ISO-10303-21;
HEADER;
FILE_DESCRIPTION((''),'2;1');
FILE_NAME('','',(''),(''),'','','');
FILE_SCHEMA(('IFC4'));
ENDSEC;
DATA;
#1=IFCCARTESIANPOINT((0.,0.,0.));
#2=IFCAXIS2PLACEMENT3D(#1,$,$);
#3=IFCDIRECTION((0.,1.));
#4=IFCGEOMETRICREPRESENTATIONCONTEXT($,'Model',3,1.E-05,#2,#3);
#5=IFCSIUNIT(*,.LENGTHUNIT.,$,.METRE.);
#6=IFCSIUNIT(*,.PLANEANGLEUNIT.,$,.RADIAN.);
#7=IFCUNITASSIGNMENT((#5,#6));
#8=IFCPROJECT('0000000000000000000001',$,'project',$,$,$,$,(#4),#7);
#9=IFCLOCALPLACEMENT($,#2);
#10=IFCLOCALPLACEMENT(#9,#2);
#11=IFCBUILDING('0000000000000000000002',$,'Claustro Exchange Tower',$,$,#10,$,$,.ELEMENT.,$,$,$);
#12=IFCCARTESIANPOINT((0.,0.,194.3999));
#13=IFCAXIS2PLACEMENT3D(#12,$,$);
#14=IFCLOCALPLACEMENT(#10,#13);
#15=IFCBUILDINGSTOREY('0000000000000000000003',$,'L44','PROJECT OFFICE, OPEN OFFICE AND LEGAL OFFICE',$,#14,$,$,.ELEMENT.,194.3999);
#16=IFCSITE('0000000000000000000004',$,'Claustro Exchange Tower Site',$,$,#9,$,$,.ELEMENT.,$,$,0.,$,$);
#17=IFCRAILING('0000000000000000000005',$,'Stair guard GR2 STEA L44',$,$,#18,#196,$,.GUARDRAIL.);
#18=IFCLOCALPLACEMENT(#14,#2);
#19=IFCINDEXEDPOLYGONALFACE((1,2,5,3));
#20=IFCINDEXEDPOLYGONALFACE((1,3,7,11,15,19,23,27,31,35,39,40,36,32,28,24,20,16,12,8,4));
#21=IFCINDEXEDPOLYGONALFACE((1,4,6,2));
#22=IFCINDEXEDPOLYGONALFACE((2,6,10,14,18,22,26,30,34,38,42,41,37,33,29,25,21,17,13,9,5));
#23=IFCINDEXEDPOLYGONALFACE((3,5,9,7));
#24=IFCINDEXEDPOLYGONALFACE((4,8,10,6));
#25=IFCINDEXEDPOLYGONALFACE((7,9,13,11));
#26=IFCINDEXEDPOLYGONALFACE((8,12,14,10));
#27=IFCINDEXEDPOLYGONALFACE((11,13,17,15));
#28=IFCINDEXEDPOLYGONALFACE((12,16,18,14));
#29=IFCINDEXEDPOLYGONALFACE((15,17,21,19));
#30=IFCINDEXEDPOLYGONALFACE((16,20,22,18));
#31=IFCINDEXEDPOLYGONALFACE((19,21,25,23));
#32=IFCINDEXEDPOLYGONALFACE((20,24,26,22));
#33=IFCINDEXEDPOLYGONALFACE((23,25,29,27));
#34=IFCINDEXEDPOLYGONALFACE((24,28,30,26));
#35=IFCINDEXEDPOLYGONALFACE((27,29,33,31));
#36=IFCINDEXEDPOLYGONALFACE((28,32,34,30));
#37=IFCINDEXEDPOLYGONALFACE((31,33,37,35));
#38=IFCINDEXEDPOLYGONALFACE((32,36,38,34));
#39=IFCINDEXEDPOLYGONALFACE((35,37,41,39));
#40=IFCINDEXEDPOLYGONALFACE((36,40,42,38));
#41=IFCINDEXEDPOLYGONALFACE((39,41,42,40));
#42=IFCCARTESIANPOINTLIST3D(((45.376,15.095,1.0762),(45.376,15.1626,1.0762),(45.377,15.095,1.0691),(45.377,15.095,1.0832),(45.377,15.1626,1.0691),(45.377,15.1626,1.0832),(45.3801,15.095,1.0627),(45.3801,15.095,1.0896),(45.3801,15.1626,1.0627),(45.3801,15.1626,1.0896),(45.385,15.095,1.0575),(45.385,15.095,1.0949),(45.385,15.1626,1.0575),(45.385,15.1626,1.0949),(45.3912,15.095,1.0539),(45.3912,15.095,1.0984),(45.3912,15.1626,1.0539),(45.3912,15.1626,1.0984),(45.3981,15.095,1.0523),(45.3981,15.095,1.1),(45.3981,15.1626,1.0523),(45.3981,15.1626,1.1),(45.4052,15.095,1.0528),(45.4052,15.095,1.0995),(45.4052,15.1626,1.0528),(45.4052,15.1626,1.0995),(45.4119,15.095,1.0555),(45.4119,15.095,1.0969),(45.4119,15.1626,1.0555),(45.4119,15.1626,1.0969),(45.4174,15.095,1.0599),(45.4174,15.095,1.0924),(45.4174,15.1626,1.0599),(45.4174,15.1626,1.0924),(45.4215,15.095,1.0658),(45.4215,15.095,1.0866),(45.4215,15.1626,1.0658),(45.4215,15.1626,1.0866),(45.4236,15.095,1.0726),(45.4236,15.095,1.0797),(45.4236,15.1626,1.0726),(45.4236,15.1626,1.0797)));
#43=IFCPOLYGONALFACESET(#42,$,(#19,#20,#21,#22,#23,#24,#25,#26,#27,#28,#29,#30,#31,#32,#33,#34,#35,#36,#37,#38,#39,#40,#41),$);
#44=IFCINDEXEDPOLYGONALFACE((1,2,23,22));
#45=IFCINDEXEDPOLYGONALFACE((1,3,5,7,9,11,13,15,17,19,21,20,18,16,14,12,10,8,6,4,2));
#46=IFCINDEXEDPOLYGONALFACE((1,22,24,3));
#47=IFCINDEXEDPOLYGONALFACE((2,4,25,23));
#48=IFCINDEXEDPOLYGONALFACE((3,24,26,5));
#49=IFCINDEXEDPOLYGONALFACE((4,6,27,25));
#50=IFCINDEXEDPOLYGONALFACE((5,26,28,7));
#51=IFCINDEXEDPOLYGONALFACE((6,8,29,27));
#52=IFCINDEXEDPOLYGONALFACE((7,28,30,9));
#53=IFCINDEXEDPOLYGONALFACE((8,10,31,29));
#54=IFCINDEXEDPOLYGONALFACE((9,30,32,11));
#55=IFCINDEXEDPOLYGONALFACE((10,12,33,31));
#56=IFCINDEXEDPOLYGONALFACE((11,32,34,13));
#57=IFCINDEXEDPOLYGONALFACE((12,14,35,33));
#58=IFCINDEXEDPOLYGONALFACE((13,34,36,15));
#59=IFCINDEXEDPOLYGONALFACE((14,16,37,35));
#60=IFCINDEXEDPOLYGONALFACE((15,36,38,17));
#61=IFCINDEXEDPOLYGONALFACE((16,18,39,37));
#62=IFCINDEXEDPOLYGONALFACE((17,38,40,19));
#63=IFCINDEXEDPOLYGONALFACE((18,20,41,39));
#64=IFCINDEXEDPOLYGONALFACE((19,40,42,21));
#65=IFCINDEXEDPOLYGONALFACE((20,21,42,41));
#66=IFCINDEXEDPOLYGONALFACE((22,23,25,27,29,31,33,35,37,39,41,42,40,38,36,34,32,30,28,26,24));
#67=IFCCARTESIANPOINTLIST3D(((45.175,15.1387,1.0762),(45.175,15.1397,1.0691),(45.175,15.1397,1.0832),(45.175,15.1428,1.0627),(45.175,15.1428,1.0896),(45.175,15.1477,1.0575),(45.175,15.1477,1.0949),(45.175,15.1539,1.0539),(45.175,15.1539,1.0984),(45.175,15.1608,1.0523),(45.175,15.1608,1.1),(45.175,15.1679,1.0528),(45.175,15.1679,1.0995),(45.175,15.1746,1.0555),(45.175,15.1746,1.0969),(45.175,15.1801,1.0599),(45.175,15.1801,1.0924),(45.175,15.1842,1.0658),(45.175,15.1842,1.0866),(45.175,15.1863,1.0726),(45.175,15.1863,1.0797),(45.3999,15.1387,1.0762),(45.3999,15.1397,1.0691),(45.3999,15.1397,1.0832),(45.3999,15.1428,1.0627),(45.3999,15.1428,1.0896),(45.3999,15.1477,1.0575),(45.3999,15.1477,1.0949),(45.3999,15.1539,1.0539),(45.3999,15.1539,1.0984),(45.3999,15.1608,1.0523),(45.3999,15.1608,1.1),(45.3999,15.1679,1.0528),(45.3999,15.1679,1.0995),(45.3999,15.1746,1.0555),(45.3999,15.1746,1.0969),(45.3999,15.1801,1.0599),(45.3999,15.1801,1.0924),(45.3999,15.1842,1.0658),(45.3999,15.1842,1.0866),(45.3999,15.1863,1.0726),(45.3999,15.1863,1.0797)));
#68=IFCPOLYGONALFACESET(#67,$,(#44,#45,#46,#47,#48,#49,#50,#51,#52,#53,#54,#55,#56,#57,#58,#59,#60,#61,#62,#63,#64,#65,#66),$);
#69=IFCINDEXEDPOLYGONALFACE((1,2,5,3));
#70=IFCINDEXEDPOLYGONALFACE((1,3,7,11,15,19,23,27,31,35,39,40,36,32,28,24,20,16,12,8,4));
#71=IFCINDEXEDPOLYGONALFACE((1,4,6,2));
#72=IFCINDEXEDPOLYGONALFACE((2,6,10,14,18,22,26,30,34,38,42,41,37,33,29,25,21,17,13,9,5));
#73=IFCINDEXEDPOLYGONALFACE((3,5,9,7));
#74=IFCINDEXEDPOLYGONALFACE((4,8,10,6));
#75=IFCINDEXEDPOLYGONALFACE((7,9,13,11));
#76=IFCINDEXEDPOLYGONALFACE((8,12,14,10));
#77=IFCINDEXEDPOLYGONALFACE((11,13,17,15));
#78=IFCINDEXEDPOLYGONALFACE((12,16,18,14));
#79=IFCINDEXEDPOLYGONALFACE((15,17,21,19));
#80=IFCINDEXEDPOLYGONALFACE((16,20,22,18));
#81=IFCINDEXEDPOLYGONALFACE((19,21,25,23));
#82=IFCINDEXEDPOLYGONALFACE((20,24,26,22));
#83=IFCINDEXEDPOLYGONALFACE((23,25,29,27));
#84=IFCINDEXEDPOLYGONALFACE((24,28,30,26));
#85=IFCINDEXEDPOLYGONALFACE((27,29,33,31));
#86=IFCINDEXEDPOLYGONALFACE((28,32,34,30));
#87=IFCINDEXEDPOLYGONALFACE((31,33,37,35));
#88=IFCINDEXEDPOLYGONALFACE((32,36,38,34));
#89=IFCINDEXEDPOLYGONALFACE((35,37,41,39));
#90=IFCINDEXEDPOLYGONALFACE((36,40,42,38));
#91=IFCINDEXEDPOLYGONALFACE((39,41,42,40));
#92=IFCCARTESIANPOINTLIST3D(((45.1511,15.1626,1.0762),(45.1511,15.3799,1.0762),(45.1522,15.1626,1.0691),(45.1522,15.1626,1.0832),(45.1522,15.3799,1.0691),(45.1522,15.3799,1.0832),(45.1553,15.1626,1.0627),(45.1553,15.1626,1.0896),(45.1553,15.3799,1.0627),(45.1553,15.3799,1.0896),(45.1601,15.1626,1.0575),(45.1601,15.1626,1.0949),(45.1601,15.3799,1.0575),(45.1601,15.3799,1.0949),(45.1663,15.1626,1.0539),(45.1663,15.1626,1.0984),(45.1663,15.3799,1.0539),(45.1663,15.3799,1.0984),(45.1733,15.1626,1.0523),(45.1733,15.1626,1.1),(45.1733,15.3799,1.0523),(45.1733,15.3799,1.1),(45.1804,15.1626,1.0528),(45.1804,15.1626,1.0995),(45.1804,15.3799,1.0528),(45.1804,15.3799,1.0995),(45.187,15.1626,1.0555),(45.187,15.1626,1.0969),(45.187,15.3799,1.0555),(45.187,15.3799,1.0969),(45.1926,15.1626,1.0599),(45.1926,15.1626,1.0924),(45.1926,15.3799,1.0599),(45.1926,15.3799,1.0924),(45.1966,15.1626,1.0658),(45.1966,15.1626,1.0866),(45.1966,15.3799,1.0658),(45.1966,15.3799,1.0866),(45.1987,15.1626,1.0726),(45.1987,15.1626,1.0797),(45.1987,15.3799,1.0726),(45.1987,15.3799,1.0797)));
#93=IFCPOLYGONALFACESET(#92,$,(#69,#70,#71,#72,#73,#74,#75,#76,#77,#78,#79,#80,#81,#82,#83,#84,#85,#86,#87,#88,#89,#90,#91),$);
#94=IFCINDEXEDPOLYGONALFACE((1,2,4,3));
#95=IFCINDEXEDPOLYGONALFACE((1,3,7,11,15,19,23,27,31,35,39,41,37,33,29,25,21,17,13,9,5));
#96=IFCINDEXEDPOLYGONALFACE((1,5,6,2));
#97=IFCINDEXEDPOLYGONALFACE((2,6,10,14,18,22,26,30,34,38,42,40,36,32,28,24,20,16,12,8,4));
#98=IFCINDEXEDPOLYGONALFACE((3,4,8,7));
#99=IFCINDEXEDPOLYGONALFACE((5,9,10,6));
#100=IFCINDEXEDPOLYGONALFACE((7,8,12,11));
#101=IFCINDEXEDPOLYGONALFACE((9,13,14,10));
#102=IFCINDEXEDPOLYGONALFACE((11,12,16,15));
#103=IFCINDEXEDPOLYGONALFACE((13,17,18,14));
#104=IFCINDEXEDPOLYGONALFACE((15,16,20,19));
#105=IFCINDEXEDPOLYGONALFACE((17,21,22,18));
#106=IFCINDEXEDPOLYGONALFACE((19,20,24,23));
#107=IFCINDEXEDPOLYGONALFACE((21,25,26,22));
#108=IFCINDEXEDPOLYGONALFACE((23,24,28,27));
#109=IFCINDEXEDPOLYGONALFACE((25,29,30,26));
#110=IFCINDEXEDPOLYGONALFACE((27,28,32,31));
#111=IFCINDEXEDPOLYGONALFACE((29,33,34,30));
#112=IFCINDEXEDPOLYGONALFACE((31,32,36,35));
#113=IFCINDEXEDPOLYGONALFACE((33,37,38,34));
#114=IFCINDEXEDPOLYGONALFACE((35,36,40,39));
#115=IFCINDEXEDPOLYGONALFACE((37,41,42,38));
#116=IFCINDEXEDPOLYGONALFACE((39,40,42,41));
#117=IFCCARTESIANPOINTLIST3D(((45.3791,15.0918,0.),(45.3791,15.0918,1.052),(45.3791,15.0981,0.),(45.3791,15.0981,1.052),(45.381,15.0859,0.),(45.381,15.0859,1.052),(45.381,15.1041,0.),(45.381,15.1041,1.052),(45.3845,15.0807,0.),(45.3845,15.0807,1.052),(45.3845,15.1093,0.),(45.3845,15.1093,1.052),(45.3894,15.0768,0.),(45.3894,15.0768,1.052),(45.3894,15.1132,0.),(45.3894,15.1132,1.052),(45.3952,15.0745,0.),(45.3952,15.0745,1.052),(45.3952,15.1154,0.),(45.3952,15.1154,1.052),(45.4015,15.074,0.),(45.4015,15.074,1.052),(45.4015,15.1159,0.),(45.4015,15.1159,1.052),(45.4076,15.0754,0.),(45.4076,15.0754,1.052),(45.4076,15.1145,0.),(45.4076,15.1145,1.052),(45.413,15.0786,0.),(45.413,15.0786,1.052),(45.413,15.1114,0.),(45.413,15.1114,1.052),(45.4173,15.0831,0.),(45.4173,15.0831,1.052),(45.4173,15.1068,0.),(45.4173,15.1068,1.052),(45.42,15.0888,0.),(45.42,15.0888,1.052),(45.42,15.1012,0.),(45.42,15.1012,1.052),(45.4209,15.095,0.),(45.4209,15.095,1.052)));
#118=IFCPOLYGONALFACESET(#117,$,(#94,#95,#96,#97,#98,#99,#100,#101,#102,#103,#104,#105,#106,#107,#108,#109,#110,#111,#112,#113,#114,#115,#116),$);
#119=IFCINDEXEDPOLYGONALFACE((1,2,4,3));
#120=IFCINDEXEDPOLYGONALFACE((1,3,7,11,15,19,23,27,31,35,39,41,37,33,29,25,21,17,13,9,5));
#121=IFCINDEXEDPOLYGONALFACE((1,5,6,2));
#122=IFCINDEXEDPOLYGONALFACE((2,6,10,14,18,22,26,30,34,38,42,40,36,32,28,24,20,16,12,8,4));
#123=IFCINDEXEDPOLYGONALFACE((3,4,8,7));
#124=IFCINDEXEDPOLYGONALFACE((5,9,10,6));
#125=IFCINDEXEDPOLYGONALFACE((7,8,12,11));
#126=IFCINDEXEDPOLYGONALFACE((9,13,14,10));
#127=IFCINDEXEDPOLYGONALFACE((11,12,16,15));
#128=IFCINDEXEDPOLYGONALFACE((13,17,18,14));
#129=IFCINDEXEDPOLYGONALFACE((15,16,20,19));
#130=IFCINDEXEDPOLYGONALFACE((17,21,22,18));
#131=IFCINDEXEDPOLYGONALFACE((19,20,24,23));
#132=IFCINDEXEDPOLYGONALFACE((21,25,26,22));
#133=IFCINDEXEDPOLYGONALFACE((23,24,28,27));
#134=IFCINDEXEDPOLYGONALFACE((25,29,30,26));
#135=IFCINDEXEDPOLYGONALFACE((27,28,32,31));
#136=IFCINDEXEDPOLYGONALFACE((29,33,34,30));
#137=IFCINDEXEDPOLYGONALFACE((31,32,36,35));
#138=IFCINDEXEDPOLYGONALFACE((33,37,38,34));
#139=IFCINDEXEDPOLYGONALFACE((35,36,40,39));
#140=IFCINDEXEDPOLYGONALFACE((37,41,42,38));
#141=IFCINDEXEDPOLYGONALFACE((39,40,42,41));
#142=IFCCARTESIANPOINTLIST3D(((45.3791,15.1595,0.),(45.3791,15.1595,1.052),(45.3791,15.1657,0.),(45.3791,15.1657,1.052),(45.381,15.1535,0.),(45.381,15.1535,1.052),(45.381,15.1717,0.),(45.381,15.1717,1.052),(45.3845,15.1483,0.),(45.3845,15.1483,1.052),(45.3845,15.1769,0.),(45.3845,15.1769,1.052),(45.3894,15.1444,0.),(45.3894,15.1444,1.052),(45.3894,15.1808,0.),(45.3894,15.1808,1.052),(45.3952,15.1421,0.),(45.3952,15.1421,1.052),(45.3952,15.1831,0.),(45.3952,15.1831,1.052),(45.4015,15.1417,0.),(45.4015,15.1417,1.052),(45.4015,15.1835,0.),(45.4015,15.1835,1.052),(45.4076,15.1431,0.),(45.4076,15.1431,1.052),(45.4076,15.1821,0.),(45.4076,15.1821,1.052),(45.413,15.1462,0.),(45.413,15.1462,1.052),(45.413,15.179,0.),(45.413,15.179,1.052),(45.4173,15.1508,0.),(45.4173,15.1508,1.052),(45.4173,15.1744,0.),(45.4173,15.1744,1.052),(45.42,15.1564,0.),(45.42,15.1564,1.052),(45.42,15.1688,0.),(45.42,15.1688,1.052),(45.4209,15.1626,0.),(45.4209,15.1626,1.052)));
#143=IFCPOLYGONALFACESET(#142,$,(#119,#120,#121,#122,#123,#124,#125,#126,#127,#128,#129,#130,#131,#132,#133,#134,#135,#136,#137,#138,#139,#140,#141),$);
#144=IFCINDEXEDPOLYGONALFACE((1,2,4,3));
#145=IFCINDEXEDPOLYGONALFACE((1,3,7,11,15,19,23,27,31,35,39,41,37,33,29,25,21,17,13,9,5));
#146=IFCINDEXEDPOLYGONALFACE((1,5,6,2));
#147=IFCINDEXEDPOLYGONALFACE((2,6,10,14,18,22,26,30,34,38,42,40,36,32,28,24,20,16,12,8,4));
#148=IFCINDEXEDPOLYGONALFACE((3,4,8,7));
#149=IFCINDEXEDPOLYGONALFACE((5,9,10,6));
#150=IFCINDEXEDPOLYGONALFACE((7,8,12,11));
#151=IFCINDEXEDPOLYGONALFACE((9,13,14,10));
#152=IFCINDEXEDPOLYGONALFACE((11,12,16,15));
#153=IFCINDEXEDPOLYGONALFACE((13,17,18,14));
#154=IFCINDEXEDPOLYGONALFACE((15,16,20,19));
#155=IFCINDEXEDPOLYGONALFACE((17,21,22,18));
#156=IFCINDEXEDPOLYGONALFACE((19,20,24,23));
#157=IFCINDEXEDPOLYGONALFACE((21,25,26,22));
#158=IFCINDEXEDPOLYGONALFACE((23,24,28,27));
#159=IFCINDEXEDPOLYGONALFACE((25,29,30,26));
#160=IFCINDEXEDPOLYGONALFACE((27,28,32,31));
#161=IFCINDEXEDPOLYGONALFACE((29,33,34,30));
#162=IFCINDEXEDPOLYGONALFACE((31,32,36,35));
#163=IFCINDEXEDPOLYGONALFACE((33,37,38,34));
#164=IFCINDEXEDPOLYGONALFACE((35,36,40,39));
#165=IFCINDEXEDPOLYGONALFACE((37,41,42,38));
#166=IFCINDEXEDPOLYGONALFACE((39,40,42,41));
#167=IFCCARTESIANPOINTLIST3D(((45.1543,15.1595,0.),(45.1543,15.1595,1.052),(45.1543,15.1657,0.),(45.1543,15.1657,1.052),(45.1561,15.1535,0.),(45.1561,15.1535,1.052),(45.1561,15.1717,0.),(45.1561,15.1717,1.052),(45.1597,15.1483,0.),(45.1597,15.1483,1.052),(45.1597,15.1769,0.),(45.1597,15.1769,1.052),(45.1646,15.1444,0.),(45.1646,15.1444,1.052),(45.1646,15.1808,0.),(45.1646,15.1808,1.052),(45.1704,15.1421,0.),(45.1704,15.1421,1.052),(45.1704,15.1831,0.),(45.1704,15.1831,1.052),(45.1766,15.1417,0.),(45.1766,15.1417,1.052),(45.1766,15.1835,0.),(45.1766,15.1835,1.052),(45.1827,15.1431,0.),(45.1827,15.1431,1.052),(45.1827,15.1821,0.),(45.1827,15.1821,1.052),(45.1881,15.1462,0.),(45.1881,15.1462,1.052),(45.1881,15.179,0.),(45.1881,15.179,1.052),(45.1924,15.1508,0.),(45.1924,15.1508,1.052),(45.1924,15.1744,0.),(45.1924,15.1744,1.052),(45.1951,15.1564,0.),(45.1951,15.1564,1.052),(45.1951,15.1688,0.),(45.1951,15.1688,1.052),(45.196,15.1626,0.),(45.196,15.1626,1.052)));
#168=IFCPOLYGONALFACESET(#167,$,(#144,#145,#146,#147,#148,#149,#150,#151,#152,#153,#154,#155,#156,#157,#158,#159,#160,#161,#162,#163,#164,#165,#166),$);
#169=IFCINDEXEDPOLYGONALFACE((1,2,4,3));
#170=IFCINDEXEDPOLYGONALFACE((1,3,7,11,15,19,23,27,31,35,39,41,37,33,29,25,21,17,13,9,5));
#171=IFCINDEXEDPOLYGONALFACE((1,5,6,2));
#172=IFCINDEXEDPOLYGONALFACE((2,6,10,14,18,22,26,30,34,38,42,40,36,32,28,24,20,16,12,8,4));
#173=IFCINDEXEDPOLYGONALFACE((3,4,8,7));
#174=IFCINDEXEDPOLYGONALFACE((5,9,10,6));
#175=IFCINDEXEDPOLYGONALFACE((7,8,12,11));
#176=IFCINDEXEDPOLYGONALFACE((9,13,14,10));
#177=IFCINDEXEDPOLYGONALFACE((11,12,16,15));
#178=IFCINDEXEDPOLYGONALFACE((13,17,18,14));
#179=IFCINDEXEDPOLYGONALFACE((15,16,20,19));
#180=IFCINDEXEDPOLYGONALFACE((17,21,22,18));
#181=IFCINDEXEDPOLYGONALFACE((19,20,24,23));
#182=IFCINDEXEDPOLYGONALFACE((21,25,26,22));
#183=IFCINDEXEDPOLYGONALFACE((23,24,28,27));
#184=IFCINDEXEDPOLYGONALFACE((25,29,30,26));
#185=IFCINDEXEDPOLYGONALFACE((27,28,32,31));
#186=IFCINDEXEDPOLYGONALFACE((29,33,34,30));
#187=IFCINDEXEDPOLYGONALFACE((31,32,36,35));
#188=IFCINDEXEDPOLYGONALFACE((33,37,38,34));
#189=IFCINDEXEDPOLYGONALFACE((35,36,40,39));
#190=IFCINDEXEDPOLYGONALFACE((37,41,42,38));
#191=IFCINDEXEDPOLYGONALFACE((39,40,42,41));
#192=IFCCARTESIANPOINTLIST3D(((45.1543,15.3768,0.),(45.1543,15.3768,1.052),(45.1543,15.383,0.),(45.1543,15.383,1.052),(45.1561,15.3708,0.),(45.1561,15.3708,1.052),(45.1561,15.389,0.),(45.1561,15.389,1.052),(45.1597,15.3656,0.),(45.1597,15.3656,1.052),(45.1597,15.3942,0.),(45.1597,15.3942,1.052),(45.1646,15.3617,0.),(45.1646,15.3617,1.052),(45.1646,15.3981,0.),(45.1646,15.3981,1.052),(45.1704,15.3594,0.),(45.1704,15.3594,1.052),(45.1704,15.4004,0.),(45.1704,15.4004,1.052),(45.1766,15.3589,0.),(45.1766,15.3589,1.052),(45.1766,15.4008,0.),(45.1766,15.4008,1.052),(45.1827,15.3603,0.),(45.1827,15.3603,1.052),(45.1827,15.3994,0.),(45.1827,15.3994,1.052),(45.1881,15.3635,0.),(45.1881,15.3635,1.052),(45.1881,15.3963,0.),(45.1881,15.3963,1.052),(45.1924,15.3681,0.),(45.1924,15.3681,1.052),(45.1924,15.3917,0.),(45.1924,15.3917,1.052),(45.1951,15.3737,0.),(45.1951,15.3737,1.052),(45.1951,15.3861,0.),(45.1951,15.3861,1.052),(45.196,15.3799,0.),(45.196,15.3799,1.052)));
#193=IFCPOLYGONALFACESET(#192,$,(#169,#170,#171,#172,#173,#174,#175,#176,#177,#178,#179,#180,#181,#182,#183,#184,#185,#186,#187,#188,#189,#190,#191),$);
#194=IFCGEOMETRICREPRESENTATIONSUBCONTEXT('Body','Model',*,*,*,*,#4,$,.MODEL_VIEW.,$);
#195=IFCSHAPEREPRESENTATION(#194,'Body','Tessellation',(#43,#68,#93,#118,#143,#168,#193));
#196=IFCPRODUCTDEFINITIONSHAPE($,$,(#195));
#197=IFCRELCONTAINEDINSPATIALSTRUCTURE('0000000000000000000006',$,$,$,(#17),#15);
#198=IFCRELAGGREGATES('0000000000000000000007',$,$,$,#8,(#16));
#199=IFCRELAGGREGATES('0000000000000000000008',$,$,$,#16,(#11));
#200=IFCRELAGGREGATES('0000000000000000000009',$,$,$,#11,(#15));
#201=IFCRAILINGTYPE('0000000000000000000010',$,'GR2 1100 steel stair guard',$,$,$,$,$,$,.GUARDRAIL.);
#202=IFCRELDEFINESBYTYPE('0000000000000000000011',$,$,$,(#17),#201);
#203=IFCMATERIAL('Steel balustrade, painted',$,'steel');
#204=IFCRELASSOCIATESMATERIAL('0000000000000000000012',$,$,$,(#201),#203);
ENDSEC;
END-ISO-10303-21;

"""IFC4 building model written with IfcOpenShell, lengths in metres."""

from ifc_helpers import new_model, si_unit, direction, frame, origin, origin_2d, place, context, subcontext, project, spatial, circle, extrude, material, type_object, element, save


model = new_model("IFC4")

# Units and contexts
model_context = context("Model", 3, precision=1e-05, world=origin(), true_north=direction((0.0, 1.0)))
body_context = subcontext(model_context, "Body", "Model", "MODEL_VIEW")
ifc_project = project(units=[si_unit("LENGTHUNIT", "METRE"), si_unit("PLANEANGLEUNIT", "RADIAN")], contexts=[model_context])

# Site, building, storey
site_placement = place(None, origin())
site = spatial("IfcSite", under=ifc_project, at=site_placement, Name="Claustro Exchange Tower Site", CompositionType="ELEMENT", RefElevation=0.0)
building_placement = place(site_placement, origin())
building = spatial("IfcBuilding", under=site, at=building_placement, Name="Claustro Exchange Tower", CompositionType="ELEMENT")
storey_placement = place(building_placement, frame((0.0, 0.0, 194.3999)))
storey = spatial("IfcBuildingStorey", under=building, at=storey_placement, Name="L44", Description="PROJECT OFFICE, OPEN OFFICE AND LEGAL OFFICE", CompositionType="ELEMENT", Elevation=194.3999)

# Railing
ifc_material_1 = material(Name="Steel balustrade, painted", Category="steel")
railing_type_1 = type_object("IfcRailingType", Name="GR2 1100 steel stair guard", PredefinedType="GUARDRAIL", material=ifc_material_1)
railing_1_placement = place(storey_placement, frame((45.3999, 15.095, 0.0)))
element("IfcRailing", 1, at=railing_1_placement, inside=storey, type_object=railing_type_1, Name="Stair guard GR2 STEA L44", PredefinedType="GUARDRAIL", context=body_context, shape_type="SweptSolid", body=[
    extrude(circle(Radius=0.0239, at=origin_2d()), frame((0.0, 0.0, 1.0762), z_axis=(0.0, 1.0, 0.0), x_axis=(-1.0, 0.0, 0.0)), (0.0, 0.0, 1.0), 0.0676),
    extrude(circle(Radius=0.0239, at=origin_2d()), frame((0.0, 0.0676, 1.0762), z_axis=(-1.0, 0.0, 0.0), x_axis=(0.0, -1.0, 0.0)), (0.0, 0.0, 1.0), 0.2249),
    extrude(circle(Radius=0.0239, at=origin_2d()), frame((-0.2249, 0.0676, 1.0762), z_axis=(0.0, 1.0, 0.0), x_axis=(-1.0, 0.0, 0.0)), (0.0, 0.0, 1.0), 0.2173),
    extrude(circle(Radius=0.021, at=origin_2d()), origin(), (0.0, 0.0, 1.0), 1.052),
    extrude(circle(Radius=0.021, at=origin_2d()), frame((0.0, 0.0676, 0.0)), (0.0, 0.0, 1.0), 1.052),
    extrude(circle(Radius=0.021, at=origin_2d()), frame((-0.2249, 0.0676, 0.0)), (0.0, 0.0, 1.0), 1.052),
    extrude(circle(Radius=0.021, at=origin_2d()), frame((-0.2249, 0.2849, 0.0)), (0.0, 0.0, 1.0), 1.052),
])

save(model, "model.ifc")
